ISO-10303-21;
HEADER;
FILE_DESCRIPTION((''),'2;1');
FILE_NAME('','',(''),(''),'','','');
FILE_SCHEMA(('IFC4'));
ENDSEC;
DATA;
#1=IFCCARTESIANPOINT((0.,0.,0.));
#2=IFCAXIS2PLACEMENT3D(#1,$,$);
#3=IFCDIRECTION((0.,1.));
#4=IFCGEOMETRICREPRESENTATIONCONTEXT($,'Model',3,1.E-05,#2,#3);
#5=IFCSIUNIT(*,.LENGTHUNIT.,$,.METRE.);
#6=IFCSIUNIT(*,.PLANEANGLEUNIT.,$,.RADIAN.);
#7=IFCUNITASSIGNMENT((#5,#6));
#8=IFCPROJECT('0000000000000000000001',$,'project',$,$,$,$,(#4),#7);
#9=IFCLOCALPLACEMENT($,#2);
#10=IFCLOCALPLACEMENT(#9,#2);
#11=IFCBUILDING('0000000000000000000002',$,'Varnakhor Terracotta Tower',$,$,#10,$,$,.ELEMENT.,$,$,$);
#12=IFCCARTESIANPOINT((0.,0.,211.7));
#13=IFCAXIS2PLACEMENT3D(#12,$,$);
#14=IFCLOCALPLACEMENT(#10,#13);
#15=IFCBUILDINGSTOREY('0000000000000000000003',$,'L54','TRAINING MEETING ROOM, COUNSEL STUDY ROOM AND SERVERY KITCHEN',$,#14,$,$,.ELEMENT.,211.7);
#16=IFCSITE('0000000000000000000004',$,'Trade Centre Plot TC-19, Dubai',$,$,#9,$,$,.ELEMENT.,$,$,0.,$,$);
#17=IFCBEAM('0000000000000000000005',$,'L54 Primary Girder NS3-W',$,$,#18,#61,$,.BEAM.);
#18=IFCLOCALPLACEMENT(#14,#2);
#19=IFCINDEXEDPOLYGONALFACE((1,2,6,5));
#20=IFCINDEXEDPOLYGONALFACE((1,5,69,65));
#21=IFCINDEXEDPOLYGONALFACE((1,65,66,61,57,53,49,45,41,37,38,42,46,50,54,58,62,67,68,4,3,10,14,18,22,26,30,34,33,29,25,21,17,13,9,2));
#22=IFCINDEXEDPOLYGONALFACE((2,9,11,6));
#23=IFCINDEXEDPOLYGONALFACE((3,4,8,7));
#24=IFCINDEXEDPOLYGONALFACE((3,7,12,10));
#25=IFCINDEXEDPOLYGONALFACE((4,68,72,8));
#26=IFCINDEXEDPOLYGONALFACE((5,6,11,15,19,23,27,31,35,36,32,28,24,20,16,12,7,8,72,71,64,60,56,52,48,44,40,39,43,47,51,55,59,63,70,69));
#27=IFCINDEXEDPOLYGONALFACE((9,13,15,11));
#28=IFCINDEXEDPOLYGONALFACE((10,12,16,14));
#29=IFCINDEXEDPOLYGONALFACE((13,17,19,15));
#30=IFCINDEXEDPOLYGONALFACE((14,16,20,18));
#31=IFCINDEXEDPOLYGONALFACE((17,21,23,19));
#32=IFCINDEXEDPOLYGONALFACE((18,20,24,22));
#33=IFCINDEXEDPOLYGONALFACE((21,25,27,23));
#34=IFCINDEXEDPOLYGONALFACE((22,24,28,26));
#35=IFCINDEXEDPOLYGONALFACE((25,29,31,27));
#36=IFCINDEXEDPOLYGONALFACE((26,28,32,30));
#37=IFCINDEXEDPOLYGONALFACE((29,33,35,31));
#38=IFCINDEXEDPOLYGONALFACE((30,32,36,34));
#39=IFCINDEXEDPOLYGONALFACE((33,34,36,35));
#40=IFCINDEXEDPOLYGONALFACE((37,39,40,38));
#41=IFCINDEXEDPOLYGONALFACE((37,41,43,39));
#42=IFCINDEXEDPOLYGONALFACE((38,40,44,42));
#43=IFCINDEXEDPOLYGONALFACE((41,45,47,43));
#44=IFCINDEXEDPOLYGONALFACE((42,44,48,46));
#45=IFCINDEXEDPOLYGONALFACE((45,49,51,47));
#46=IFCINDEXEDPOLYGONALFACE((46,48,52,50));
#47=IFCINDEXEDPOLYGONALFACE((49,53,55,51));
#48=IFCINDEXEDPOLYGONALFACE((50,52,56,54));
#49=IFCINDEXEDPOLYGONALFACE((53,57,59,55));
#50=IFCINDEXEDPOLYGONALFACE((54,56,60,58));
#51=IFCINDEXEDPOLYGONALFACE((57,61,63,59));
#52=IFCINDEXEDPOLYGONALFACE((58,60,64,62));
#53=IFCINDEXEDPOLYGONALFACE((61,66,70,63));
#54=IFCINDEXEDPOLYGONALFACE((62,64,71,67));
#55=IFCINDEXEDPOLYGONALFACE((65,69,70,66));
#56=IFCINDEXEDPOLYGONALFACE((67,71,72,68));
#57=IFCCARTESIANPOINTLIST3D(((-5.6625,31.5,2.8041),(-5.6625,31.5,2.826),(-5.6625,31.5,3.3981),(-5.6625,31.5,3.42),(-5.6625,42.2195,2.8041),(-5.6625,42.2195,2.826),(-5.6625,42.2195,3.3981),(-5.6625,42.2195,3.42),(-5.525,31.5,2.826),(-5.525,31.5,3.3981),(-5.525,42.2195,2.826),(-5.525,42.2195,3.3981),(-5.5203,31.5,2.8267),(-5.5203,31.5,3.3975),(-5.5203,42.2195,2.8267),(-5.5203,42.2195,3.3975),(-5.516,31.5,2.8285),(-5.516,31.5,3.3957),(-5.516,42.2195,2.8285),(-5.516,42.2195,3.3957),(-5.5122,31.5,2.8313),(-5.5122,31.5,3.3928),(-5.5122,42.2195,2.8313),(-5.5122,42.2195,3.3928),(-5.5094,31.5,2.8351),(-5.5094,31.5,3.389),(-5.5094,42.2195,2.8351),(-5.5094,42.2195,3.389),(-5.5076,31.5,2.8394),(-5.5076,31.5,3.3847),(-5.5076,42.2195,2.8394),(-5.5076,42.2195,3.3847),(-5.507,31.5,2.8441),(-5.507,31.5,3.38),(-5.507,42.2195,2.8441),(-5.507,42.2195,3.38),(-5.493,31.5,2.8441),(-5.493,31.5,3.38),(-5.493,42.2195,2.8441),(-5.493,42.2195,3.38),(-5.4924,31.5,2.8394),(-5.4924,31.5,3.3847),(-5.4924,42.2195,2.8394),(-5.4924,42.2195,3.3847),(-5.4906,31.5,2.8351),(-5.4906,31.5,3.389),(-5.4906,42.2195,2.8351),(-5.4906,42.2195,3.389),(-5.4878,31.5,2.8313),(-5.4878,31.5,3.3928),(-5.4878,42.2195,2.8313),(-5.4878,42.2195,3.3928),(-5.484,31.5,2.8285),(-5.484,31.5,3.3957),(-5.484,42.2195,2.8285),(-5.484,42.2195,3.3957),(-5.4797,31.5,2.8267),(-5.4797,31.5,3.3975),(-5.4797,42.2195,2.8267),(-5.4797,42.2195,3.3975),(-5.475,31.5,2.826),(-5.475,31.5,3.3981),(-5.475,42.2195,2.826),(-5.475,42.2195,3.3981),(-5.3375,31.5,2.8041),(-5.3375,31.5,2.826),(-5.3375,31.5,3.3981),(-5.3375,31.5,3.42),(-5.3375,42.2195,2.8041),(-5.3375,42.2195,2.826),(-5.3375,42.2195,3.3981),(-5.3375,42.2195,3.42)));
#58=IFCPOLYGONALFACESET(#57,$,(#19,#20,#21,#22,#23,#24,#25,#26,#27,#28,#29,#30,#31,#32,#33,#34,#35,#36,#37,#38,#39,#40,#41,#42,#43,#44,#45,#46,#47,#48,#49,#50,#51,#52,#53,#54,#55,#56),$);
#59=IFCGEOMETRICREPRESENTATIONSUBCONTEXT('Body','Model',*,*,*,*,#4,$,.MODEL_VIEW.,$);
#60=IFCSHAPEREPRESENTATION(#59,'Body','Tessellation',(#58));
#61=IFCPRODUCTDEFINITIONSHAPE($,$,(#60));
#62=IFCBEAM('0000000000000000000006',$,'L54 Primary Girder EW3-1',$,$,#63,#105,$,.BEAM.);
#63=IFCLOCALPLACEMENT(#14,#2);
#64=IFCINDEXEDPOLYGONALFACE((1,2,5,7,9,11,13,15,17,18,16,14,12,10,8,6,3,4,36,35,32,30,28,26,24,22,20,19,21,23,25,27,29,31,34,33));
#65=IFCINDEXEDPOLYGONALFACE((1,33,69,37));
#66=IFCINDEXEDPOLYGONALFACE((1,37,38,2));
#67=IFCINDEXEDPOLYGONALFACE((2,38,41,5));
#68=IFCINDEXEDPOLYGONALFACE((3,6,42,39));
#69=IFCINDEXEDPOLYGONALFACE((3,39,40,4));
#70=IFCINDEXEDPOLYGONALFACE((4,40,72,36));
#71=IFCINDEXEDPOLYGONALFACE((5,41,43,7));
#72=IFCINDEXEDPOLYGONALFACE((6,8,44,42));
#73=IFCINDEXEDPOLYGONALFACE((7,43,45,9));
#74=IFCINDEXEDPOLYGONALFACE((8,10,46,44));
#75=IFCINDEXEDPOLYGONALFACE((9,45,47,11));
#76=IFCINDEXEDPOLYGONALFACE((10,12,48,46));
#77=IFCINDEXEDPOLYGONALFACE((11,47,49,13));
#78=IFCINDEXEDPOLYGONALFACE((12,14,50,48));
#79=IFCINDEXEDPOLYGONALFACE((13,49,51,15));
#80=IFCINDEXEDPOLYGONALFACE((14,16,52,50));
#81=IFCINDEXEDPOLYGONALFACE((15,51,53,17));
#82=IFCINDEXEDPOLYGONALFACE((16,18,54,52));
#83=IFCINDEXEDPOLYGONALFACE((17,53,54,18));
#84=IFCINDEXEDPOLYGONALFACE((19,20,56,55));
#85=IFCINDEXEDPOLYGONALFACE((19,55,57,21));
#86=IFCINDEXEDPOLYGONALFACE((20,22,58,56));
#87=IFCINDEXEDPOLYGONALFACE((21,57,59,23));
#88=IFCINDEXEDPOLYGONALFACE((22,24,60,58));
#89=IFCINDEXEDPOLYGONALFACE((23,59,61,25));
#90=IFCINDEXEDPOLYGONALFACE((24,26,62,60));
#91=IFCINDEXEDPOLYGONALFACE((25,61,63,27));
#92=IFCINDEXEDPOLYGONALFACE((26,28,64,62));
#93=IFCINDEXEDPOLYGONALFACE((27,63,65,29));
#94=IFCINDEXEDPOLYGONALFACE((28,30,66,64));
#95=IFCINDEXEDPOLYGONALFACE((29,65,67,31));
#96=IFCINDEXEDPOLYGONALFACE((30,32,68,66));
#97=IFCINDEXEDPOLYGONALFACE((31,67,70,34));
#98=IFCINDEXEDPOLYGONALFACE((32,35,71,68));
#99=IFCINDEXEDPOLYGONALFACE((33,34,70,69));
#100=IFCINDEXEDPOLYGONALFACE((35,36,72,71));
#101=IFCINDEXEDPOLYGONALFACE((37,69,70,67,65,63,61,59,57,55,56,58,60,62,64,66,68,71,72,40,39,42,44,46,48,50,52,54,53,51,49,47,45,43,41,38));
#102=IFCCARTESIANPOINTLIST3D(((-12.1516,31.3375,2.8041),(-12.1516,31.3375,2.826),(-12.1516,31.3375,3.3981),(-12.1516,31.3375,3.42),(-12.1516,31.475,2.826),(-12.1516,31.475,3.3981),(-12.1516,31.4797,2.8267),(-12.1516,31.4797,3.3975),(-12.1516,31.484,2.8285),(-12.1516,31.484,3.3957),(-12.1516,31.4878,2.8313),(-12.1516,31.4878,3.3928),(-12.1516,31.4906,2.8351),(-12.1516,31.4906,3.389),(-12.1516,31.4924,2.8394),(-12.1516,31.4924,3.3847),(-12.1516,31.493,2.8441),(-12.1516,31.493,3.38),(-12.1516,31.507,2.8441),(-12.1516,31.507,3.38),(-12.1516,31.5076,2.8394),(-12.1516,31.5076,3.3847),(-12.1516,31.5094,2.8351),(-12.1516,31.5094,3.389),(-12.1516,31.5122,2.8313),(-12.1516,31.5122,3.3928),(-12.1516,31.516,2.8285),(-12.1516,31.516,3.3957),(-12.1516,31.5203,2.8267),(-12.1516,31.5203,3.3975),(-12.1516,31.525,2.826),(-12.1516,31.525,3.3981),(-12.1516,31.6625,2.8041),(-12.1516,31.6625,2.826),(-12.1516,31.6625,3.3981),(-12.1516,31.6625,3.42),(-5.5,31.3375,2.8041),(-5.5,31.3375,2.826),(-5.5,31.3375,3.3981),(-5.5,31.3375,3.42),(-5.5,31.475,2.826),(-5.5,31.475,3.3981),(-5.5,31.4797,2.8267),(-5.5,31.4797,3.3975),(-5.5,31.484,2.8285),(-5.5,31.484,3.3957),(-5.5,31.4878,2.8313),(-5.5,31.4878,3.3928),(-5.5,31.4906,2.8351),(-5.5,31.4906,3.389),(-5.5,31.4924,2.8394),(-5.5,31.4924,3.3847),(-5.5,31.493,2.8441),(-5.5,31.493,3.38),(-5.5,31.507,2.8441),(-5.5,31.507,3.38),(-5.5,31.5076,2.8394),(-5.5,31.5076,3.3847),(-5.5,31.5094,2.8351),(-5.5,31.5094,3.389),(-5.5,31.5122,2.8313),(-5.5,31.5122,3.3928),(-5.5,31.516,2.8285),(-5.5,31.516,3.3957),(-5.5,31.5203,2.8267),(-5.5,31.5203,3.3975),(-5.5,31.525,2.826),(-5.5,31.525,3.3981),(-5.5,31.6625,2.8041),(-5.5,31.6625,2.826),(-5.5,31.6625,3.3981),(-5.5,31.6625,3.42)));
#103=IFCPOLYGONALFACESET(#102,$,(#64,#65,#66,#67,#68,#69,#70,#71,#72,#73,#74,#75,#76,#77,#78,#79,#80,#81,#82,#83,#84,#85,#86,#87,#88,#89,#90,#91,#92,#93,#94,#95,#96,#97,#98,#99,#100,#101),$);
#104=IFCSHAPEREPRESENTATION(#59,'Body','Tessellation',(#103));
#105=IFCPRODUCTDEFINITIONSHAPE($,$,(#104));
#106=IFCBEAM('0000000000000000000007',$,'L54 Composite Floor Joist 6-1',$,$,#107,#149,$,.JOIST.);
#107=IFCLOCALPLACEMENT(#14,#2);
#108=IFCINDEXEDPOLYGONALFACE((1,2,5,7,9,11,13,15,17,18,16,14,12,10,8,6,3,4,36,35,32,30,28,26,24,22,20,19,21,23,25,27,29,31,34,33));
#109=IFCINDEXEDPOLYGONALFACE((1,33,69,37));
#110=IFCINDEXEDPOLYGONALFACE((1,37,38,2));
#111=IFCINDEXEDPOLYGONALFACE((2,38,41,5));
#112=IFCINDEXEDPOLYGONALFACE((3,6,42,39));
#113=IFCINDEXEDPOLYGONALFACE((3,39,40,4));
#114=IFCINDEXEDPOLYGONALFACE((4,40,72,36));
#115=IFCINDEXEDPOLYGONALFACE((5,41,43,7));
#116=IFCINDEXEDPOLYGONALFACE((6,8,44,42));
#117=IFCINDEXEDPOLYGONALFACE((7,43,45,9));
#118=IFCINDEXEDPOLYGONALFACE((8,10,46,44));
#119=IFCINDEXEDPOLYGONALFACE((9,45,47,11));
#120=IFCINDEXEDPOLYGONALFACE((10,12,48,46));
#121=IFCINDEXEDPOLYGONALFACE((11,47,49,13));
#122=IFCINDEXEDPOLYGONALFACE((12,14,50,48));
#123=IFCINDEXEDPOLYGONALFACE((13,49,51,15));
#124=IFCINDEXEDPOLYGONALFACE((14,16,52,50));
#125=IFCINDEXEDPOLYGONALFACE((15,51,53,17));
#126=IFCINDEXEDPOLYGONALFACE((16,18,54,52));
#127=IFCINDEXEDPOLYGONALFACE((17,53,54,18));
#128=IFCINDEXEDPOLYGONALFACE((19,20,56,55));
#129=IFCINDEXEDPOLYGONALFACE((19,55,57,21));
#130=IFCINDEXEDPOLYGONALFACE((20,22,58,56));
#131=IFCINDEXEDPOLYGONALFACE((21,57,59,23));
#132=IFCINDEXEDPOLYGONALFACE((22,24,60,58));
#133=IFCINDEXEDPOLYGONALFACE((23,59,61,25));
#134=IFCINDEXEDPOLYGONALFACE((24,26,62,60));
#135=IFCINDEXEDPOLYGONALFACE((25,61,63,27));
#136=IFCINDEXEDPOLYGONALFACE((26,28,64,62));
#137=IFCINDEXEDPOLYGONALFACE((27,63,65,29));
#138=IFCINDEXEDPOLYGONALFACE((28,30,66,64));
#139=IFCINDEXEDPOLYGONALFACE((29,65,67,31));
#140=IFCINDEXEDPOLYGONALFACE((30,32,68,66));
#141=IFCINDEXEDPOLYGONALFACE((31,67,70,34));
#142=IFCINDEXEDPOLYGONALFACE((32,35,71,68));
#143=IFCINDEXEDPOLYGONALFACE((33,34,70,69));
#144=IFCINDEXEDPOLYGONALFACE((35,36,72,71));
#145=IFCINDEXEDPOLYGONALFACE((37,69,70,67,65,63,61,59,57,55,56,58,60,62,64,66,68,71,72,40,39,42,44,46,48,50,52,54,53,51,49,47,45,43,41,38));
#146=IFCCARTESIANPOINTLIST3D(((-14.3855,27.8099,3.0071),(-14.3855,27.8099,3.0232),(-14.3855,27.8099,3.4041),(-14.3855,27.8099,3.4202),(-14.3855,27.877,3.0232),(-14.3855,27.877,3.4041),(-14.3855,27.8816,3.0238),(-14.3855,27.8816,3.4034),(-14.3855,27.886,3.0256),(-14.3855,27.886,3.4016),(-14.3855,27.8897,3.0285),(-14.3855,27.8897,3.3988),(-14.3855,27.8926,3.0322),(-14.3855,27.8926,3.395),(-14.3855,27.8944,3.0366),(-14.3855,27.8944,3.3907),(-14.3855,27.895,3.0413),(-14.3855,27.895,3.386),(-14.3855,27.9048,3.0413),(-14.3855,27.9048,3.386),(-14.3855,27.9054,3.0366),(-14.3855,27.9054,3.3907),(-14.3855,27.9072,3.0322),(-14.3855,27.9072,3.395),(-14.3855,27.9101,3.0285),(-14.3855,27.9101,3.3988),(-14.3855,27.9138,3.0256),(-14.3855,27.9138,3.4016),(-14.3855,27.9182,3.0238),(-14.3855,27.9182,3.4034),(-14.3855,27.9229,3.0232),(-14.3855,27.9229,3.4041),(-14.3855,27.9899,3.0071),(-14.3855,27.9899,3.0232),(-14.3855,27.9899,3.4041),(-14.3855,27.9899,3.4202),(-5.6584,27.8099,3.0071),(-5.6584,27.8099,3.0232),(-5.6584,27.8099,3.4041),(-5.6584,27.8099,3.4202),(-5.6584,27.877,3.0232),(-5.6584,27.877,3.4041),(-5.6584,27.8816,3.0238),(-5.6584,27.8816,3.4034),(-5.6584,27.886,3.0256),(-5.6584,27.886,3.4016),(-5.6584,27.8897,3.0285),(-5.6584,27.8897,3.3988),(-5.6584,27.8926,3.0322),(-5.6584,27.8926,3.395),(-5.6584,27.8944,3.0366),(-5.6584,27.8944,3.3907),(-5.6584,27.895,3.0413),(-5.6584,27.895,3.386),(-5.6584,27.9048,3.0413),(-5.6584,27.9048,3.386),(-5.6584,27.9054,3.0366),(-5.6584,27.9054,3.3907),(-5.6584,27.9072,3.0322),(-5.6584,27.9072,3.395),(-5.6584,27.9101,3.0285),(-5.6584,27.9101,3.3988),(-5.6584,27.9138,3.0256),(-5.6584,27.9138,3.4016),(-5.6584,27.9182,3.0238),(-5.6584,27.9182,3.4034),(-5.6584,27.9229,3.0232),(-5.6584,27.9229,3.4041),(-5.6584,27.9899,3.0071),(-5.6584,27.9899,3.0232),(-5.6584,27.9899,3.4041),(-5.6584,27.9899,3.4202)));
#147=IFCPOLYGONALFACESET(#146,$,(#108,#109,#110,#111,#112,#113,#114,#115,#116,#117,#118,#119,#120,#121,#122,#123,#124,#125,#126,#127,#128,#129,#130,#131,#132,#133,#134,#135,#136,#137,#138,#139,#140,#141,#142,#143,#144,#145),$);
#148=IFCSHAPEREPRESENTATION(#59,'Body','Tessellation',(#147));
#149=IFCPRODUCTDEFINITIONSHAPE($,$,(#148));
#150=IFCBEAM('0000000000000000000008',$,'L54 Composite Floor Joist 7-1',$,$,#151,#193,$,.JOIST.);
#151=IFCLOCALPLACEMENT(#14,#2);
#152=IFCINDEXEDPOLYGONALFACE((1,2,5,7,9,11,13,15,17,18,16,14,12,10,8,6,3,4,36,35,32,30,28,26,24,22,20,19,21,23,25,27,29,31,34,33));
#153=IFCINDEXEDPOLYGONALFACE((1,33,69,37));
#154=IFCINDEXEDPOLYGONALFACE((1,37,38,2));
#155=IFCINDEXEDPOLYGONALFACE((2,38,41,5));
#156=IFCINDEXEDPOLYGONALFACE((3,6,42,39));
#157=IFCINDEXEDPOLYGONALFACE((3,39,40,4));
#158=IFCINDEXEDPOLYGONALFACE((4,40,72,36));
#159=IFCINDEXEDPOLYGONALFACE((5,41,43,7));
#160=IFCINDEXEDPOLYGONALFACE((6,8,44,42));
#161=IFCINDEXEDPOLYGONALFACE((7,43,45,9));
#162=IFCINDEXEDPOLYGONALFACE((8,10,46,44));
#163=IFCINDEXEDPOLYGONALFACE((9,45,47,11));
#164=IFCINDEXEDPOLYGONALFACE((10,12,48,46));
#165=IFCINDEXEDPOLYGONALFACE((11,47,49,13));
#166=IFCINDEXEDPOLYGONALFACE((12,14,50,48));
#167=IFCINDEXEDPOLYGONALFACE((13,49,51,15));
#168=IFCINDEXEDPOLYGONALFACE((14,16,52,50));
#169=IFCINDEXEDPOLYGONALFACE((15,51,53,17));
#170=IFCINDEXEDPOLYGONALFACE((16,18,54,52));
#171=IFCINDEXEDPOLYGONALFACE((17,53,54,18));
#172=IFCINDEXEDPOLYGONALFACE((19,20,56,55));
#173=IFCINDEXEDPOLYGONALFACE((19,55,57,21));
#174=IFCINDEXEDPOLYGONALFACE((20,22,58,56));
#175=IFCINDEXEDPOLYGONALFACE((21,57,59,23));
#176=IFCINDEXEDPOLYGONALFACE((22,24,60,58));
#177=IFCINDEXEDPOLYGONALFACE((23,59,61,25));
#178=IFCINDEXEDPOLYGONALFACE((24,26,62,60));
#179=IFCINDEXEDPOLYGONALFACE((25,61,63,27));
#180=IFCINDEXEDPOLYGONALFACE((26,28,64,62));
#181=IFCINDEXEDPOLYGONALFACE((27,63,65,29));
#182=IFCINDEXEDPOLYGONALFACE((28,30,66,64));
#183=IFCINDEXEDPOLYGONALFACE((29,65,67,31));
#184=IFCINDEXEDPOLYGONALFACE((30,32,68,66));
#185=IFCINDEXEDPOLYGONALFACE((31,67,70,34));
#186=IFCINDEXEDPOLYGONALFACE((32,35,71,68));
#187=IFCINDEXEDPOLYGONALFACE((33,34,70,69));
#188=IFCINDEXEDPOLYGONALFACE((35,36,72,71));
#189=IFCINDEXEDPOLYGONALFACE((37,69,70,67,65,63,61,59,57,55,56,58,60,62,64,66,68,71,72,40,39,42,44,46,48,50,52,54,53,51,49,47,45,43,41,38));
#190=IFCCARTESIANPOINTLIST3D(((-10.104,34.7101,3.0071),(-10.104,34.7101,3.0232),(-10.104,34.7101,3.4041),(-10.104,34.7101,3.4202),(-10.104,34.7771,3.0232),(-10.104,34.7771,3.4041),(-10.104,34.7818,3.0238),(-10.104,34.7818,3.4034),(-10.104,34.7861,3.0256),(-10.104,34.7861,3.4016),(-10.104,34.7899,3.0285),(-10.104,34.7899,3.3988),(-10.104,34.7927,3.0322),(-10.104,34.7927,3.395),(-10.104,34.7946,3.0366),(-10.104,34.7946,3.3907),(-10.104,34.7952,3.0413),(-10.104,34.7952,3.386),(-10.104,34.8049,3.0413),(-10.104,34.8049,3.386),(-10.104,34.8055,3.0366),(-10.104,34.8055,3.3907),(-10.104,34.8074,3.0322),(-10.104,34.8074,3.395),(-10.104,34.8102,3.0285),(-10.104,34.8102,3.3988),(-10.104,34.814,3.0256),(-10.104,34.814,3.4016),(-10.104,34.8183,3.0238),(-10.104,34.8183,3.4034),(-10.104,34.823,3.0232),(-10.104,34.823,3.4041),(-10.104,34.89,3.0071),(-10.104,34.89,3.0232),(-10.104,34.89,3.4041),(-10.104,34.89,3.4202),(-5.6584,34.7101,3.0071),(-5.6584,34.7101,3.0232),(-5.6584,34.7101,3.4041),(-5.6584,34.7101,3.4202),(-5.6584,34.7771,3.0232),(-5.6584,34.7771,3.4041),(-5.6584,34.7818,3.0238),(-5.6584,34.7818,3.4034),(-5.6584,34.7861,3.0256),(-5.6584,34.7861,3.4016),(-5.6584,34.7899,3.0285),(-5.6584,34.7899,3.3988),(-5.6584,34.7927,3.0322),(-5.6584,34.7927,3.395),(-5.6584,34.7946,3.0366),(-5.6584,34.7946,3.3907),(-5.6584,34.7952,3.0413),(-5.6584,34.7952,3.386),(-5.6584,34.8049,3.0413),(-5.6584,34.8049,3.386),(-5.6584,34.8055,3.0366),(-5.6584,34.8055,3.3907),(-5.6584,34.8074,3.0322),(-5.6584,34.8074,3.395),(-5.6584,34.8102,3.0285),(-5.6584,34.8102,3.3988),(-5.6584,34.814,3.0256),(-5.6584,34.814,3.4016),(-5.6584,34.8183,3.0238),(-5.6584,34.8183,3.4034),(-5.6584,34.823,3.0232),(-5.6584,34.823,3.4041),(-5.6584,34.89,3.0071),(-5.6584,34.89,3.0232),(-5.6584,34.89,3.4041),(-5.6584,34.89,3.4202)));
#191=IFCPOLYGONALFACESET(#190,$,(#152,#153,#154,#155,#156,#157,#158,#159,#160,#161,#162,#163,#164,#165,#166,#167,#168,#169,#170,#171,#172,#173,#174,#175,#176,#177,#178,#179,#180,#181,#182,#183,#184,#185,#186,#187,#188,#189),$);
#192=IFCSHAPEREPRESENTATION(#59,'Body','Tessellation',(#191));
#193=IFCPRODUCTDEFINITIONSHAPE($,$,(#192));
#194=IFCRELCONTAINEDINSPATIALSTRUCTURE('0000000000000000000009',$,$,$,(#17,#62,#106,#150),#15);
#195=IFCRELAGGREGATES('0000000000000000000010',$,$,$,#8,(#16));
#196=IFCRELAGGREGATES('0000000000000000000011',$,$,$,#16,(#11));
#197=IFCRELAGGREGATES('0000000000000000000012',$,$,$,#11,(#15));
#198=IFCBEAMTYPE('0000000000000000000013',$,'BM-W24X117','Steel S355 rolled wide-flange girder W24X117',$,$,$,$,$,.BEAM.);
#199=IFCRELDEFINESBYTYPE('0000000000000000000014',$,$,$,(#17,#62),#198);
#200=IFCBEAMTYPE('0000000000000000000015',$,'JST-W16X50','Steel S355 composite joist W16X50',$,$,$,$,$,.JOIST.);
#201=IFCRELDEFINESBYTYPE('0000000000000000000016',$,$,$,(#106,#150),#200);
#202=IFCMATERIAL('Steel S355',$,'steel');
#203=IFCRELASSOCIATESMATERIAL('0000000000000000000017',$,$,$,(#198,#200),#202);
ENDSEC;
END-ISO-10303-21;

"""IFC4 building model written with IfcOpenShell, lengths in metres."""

from ifc_helpers import new_model, si_unit, direction, frame, origin, origin_2d, place, context, subcontext, project, spatial, i_section, extrude, source, transform, mapped, material, material_profile, profile_set, type_object, element, save


model = new_model("IFC4")

# Units and contexts
model_context = context("Model", 3, precision=1e-05, world=origin(), true_north=direction((0.0, 1.0)))
body_context = subcontext(model_context, "Body", "Model", "MODEL_VIEW")
ifc_project = project(units=[si_unit("LENGTHUNIT", "METRE"), si_unit("PLANEANGLEUNIT", "RADIAN")], contexts=[model_context])

# Site, building, storey
site_placement = place(None, origin())
site = spatial("IfcSite", under=ifc_project, at=site_placement, Name="Trade Centre Plot TC-19, Dubai", CompositionType="ELEMENT", RefElevation=0.0)
building_placement = place(site_placement, origin())
building = spatial("IfcBuilding", under=site, at=building_placement, Name="Varnakhor Terracotta Tower", CompositionType="ELEMENT")
storey_placement = place(building_placement, frame((0.0, 0.0, 211.7)))
storey = spatial("IfcBuildingStorey", under=building, at=storey_placement, Name="L54", Description="TRAINING MEETING ROOM, COUNSEL STUDY ROOM AND SERVERY KITCHEN", CompositionType="ELEMENT", Elevation=211.7)

# Beams
ifc_material_1 = material(Name="Steel S355", Category="steel")
ifc_material_profile_1 = material_profile(ifc_material_1, i_section(OverallWidth=0.325, OverallDepth=0.616, WebThickness=0.0139, FlangeThickness=0.022, FilletRadius=0.0181, at=origin_2d()), Name="W24X117")
ifc_profile_set_1 = profile_set([ifc_material_profile_1], Name="Steel S355")
beam_type_1 = type_object("IfcBeamType", Name="BM-W24X117", Description="Steel S355 rolled wide-flange girder W24X117", PredefinedType="BEAM", material=ifc_profile_set_1)
ifc_material_profile_2 = material_profile(ifc_material_1, i_section(OverallWidth=0.1799, OverallDepth=0.4131, WebThickness=0.0098, FlangeThickness=0.0161, FilletRadius=0.0181, at=origin_2d()), Name="W16X50")
ifc_profile_set_2 = profile_set([ifc_material_profile_2], Name="Steel S355")
beam_type_2 = type_object("IfcBeamType", Name="JST-W16X50", Description="Steel S355 composite joist W16X50", PredefinedType="JOIST", material=ifc_profile_set_2)
shared_shape_1 = source(origin(), body_context, "Body", "SweptSolid", [
    extrude(i_section(OverallWidth=0.325, OverallDepth=0.616, WebThickness=0.0139, FlangeThickness=0.022, FilletRadius=0.0181, at=origin_2d()), origin(), (0.0, 0.0, 1.0), 10.7195),
])
beam_1_placement = place(storey_placement, frame((-5.5, 31.5, 3.1121), z_axis=(0.0, 1.0, 0.0), x_axis=(-1.0, 0.0, 0.0)))
element("IfcBeam", 1, at=beam_1_placement, inside=storey, type_object=beam_type_1, Name="L54 Primary Girder NS3-W", PredefinedType="BEAM", context=body_context, shape_type="MappedRepresentation", body=[
    mapped(shared_shape_1, transform((0.0, 0.0, 0.0), scale=1.0)),
])
shared_shape_2 = source(origin(), body_context, "Body", "SweptSolid", [
    extrude(i_section(OverallWidth=0.325, OverallDepth=0.616, WebThickness=0.0139, FlangeThickness=0.022, FilletRadius=0.0181, at=origin_2d()), origin(), (0.0, 0.0, 1.0), 6.6516),
])
beam_2_placement = place(storey_placement, frame((-12.1516, 31.5, 3.1121), z_axis=(1.0, 0.0, 0.0), x_axis=(0.0, 1.0, 0.0)))
element("IfcBeam", 2, at=beam_2_placement, inside=storey, type_object=beam_type_1, Name="L54 Primary Girder EW3-1", PredefinedType="BEAM", context=body_context, shape_type="MappedRepresentation", body=[
    mapped(shared_shape_2, transform((0.0, 0.0, 0.0), scale=1.0)),
])
shared_shape_3 = source(origin(), body_context, "Body", "SweptSolid", [
    extrude(i_section(OverallWidth=0.1799, OverallDepth=0.4131, WebThickness=0.0098, FlangeThickness=0.0161, FilletRadius=0.0181, at=origin_2d()), origin(), (0.0, 0.0, 1.0), 8.7271),
])
beam_3_placement = place(storey_placement, frame((-14.3855, 27.8999, 3.2136), z_axis=(1.0, 0.0, 0.0), x_axis=(0.0, 1.0, 0.0)))
element("IfcBeam", 3, at=beam_3_placement, inside=storey, type_object=beam_type_2, Name="L54 Composite Floor Joist 6-1", PredefinedType="JOIST", context=body_context, shape_type="MappedRepresentation", body=[
    mapped(shared_shape_3, transform((0.0, 0.0, 0.0), scale=1.0)),
])
shared_shape_4 = source(origin(), body_context, "Body", "SweptSolid", [
    extrude(i_section(OverallWidth=0.1799, OverallDepth=0.4131, WebThickness=0.0098, FlangeThickness=0.0161, FilletRadius=0.0181, at=origin_2d()), origin(), (0.0, 0.0, 1.0), 4.4456),
])
beam_4_placement = place(storey_placement, frame((-10.104, 34.8, 3.2136), z_axis=(1.0, 0.0, 0.0), x_axis=(0.0, 1.0, 0.0)))
element("IfcBeam", 4, at=beam_4_placement, inside=storey, type_object=beam_type_2, Name="L54 Composite Floor Joist 7-1", PredefinedType="JOIST", context=body_context, shape_type="MappedRepresentation", body=[
    mapped(shared_shape_4, transform((0.0, 0.0, 0.0), scale=1.0)),
])

save(model, "model.ifc")
